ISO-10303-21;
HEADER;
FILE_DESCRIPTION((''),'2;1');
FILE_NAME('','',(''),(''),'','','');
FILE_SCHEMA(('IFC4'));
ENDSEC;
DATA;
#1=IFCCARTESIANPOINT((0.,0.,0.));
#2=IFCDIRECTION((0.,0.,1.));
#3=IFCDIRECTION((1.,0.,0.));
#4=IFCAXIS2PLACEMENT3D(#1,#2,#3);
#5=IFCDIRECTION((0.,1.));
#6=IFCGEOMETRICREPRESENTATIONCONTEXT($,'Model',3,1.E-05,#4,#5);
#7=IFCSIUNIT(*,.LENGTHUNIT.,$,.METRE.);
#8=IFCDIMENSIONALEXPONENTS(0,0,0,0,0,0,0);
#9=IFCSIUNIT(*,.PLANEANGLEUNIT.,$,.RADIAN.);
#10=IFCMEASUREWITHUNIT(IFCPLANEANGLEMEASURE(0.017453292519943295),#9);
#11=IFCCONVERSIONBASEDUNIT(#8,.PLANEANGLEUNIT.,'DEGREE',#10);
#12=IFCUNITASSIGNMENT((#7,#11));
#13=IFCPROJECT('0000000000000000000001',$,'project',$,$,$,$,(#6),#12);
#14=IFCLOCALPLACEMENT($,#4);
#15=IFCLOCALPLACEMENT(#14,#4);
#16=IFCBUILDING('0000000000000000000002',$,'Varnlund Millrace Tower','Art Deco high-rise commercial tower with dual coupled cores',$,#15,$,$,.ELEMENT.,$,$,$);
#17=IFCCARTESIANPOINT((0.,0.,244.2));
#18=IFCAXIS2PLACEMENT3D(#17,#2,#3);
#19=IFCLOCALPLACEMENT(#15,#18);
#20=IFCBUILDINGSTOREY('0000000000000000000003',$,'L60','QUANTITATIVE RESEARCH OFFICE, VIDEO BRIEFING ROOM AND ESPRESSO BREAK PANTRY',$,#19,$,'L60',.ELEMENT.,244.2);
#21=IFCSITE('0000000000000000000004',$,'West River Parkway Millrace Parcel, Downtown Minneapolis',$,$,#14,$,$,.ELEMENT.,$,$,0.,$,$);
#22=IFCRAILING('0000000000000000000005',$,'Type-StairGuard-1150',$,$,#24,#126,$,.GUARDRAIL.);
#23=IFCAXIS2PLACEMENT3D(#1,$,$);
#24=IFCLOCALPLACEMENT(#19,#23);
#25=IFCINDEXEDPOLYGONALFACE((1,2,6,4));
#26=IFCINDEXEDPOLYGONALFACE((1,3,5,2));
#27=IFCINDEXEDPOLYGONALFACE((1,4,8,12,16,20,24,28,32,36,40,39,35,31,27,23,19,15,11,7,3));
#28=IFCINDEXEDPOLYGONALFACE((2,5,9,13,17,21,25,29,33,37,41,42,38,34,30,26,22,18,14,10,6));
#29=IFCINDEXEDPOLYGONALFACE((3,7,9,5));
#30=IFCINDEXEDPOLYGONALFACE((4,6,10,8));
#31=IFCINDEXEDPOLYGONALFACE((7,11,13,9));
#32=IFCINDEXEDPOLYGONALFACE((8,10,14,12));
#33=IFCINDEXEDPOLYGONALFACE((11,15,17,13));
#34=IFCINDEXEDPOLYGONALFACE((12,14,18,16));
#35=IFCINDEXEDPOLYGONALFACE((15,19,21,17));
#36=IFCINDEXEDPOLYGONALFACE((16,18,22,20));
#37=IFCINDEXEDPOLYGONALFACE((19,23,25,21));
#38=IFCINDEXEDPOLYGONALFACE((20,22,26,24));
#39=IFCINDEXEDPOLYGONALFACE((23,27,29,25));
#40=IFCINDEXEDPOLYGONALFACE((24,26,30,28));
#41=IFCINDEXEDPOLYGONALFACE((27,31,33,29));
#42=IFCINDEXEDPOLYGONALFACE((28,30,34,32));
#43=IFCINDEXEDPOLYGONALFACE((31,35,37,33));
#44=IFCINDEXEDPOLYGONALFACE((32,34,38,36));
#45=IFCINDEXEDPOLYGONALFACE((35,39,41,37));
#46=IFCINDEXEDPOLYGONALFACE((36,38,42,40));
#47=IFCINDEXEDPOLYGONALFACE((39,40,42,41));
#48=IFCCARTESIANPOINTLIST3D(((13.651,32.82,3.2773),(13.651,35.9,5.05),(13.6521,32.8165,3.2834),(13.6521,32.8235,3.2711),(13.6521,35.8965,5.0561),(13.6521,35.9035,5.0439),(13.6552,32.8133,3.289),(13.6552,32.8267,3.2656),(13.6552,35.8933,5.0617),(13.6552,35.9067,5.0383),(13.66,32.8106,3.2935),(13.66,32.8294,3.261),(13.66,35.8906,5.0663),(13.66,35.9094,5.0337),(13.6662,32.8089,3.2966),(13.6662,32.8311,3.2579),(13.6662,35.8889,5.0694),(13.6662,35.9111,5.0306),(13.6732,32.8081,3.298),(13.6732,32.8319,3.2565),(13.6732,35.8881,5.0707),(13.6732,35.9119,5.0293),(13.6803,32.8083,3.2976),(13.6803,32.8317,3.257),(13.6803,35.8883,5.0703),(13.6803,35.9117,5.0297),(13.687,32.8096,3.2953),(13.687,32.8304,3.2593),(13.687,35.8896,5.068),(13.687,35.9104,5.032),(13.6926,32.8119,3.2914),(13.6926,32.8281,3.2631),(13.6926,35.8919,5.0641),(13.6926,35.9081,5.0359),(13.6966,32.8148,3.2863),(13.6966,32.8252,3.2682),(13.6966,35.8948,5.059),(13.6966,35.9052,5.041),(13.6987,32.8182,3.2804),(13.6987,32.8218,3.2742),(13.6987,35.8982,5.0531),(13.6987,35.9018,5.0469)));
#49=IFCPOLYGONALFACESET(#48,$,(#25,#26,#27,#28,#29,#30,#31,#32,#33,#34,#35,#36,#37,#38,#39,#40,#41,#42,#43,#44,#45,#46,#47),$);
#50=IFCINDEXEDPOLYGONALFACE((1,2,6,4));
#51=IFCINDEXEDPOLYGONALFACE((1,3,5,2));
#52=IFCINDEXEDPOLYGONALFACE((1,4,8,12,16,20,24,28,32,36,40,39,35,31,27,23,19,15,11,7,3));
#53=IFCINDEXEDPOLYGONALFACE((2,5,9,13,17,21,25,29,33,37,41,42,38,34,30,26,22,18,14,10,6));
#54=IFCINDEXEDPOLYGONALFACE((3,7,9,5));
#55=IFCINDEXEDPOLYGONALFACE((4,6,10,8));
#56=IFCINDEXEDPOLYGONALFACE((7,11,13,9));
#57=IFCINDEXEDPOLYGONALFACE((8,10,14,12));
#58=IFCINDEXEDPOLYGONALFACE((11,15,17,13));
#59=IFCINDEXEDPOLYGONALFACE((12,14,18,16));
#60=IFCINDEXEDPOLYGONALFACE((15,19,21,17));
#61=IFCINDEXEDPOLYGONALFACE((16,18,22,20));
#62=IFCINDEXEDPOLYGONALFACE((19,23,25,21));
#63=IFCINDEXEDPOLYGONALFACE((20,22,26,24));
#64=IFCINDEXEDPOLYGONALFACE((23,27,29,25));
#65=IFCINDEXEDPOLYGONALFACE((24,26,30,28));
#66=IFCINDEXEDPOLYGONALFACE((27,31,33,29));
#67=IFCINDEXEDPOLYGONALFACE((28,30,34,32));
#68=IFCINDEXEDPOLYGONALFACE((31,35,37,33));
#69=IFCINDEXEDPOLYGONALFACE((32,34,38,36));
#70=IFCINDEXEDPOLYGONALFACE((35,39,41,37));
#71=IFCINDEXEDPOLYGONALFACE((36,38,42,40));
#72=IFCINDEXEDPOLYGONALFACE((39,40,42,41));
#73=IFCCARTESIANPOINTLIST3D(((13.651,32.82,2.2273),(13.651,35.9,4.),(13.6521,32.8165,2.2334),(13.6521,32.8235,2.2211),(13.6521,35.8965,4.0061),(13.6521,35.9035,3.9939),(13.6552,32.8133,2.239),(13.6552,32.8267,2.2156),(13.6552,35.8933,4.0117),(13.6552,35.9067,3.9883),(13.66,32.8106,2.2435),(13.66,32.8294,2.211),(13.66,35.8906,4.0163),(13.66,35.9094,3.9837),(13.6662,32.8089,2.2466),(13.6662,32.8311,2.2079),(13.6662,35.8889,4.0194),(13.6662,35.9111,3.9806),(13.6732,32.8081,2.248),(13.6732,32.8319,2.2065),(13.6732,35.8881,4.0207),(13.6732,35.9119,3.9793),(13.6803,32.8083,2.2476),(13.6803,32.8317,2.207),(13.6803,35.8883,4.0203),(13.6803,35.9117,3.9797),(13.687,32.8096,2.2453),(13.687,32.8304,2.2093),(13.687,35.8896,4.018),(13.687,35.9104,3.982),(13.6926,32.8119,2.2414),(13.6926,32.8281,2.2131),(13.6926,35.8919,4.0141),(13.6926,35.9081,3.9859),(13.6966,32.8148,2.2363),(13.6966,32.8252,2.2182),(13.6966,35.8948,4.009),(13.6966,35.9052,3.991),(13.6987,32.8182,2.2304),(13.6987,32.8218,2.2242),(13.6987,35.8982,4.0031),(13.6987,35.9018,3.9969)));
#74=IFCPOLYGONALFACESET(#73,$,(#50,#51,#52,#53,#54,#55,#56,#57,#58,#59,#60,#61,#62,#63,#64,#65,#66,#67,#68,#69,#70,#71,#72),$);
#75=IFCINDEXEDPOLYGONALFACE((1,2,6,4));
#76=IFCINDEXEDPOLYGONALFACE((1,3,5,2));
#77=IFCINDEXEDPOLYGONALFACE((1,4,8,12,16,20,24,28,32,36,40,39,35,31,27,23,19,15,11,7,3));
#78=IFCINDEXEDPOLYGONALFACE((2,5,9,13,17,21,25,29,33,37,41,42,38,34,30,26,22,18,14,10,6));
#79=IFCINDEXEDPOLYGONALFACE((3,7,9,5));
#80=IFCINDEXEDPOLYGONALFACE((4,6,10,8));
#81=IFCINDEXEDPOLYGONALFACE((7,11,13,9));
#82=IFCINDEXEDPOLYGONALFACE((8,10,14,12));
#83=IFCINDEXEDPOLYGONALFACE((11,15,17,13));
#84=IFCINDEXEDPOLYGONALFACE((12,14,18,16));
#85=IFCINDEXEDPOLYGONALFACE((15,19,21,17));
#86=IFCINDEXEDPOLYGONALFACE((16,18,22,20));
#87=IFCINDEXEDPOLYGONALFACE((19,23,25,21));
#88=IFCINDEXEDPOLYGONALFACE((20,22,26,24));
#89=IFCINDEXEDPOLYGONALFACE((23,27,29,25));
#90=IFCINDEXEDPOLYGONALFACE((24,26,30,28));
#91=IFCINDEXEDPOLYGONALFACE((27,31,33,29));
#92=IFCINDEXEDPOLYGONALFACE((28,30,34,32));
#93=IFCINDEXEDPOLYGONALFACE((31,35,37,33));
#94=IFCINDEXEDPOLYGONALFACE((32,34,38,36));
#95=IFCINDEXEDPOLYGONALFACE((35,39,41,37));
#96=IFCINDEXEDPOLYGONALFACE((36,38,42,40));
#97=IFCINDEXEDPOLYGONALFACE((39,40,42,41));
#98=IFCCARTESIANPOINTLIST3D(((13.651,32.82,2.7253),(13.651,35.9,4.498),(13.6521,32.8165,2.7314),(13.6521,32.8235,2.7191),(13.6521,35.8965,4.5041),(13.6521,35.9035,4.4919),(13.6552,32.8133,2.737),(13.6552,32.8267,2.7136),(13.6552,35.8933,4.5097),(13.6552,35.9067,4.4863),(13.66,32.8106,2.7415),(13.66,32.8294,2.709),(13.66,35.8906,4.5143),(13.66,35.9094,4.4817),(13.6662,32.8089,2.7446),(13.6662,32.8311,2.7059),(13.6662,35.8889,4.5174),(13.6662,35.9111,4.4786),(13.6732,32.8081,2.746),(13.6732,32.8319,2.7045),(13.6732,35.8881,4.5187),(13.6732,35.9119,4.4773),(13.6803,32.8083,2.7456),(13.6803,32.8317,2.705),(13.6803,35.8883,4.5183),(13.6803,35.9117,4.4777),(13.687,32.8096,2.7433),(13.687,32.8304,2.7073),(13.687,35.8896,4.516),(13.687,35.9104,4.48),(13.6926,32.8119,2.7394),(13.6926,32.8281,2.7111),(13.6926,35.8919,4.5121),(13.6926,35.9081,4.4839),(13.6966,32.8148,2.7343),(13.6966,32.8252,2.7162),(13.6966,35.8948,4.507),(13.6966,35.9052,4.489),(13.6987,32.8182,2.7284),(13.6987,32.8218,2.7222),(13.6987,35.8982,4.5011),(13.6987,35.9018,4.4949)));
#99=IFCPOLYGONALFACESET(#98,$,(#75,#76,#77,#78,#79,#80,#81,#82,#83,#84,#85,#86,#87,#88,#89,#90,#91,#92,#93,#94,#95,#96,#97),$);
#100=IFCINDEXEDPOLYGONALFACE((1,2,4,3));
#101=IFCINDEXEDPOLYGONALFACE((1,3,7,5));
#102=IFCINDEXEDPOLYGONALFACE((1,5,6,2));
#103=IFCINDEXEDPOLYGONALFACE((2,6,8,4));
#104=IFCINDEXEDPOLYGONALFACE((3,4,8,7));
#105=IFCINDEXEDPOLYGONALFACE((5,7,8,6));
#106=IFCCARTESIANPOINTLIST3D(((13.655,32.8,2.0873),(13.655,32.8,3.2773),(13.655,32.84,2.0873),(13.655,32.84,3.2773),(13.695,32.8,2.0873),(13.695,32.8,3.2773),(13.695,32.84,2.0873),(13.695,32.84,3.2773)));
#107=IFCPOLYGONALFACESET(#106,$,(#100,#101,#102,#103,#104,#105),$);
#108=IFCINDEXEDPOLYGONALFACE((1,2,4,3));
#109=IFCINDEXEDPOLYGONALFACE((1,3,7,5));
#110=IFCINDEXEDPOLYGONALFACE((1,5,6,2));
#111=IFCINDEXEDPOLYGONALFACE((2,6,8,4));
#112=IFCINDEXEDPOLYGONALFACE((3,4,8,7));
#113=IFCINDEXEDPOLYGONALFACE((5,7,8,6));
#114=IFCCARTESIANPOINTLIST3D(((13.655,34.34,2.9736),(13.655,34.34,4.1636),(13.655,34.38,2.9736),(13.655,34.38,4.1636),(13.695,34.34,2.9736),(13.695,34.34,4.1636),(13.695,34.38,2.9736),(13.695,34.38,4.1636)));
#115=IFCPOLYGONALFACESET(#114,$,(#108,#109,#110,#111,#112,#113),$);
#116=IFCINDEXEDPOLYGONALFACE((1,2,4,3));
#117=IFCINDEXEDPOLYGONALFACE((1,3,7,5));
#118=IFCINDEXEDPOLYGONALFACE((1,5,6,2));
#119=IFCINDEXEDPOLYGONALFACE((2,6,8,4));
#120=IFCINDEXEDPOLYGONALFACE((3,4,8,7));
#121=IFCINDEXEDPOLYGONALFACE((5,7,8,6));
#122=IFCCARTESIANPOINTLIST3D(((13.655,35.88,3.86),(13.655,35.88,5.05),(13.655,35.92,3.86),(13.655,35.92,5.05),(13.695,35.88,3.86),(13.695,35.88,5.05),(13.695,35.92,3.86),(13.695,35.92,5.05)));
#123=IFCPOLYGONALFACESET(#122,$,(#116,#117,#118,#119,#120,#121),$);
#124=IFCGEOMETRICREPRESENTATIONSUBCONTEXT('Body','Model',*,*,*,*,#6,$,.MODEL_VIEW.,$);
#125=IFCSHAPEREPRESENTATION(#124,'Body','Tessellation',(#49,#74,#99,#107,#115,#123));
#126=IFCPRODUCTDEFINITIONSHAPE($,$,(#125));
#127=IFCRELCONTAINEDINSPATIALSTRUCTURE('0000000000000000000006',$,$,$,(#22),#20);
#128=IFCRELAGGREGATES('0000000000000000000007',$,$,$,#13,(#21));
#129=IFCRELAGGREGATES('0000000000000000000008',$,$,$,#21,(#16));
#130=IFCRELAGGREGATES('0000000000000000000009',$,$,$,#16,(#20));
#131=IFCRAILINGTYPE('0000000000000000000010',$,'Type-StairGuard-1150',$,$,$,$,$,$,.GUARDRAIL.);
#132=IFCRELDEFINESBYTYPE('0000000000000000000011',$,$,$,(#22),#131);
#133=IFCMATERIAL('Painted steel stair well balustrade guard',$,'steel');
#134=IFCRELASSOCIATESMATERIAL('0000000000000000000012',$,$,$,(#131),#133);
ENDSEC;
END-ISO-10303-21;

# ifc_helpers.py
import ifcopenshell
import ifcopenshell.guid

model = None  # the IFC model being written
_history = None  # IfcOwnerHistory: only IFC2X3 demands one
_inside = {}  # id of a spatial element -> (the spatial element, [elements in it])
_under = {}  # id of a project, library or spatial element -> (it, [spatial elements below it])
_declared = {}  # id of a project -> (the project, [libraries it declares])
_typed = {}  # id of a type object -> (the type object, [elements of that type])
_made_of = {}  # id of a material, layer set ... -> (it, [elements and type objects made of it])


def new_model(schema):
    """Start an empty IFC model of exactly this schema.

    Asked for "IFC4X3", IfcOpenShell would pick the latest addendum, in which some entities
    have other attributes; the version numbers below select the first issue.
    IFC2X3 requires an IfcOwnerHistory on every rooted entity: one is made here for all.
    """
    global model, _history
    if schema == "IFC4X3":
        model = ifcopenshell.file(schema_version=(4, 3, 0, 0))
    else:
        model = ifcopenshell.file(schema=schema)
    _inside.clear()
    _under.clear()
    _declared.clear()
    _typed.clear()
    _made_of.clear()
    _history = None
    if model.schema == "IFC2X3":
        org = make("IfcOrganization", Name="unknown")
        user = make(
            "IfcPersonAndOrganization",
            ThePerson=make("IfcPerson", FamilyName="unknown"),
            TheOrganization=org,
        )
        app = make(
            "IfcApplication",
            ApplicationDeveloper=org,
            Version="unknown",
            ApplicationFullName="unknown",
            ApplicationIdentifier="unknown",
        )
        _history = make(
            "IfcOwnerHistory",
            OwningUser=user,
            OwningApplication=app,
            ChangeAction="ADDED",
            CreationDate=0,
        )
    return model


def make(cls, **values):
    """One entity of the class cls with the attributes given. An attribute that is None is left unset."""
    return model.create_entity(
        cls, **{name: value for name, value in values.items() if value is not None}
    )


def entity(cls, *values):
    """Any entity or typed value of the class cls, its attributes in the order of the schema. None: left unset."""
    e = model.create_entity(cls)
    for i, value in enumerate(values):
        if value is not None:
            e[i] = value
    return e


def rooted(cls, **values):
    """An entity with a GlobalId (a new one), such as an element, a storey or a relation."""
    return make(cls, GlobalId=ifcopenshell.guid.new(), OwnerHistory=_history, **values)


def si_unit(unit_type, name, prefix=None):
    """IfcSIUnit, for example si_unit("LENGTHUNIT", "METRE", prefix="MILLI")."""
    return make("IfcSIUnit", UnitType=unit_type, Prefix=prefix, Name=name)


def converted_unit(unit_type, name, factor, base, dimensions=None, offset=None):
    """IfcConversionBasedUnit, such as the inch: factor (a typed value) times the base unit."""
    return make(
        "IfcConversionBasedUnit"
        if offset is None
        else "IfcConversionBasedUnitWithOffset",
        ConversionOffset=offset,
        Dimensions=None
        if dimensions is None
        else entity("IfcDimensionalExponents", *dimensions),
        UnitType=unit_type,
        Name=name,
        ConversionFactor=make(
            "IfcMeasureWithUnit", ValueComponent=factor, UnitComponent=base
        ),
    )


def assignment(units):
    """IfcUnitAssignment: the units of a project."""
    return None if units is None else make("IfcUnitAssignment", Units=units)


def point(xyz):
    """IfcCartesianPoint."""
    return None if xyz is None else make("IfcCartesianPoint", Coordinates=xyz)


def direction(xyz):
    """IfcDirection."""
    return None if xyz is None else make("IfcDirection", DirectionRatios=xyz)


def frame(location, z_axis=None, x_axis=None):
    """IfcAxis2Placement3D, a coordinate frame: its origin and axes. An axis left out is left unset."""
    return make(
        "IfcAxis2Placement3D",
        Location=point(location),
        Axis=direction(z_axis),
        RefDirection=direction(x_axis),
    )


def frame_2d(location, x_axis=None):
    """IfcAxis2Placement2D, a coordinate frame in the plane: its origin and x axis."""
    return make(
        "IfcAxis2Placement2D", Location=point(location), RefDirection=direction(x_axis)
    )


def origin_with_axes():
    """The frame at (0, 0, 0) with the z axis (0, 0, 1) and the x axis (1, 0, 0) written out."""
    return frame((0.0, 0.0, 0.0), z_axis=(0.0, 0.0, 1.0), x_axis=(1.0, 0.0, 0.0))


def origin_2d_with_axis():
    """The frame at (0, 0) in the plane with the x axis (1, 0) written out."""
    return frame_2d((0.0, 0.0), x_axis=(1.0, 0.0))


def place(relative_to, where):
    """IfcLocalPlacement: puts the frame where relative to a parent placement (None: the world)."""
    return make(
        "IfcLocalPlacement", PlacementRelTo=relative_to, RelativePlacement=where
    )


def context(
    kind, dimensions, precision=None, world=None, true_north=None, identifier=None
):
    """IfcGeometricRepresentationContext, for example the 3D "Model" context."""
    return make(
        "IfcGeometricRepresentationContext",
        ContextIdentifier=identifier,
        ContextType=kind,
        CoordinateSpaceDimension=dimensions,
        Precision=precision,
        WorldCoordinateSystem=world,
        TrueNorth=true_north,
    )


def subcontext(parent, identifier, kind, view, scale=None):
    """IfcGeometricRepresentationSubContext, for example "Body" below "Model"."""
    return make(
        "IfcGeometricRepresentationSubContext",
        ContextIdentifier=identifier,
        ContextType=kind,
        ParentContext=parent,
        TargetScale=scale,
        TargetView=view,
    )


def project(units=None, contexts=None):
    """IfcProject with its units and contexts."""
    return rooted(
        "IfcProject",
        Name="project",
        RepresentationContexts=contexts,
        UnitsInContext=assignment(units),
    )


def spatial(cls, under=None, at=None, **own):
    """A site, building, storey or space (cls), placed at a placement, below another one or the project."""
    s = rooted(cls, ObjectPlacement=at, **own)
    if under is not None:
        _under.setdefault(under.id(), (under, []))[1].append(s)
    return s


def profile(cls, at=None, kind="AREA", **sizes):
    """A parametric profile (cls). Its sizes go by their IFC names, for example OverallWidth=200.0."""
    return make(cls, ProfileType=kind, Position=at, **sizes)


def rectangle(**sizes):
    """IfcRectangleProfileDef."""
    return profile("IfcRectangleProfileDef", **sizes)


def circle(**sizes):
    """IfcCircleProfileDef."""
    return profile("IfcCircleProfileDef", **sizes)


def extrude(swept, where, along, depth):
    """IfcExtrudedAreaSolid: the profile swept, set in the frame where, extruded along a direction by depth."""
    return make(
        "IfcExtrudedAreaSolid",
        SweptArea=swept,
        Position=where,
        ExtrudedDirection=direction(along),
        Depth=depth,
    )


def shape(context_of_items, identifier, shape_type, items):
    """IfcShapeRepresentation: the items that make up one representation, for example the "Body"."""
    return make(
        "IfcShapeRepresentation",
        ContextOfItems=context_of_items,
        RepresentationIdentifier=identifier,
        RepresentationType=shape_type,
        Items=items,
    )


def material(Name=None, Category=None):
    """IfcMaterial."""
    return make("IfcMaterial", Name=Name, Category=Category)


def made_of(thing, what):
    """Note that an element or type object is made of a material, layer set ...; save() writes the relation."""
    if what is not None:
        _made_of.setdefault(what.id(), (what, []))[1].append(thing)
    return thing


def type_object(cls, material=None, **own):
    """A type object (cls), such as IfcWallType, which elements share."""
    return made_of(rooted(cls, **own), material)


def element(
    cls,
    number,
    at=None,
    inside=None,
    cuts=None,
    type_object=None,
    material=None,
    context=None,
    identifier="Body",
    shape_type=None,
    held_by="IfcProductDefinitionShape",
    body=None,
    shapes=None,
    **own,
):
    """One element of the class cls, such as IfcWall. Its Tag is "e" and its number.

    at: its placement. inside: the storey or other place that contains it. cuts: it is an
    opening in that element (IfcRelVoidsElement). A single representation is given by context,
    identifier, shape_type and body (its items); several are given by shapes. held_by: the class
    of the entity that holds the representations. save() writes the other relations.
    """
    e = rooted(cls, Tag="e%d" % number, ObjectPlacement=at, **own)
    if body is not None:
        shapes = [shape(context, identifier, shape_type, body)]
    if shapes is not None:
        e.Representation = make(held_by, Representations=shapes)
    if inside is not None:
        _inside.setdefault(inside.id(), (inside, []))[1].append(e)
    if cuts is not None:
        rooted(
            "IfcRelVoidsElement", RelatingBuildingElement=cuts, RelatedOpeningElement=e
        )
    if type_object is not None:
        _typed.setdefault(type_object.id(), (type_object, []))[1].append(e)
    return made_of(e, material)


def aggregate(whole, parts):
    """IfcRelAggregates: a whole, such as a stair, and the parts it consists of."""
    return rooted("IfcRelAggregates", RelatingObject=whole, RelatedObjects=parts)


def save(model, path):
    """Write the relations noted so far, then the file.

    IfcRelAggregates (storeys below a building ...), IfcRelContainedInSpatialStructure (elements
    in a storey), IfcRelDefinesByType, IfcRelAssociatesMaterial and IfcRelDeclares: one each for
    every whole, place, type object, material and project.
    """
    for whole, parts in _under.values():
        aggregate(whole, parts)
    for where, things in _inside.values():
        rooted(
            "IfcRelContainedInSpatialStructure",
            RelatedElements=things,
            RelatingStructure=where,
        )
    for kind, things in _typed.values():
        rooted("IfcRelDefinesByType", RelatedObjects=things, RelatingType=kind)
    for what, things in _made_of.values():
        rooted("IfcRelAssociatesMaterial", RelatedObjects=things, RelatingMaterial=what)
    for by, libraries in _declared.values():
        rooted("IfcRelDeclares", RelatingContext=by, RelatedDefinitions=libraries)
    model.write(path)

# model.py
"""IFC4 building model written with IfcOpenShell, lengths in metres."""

from ifc_helpers import new_model, entity, si_unit, converted_unit, direction, frame, origin_with_axes, origin_2d_with_axis, place, context, subcontext, project, spatial, rectangle, circle, extrude, material, type_object, element, save


model = new_model("IFC4")

# Units and contexts
model_context = context("Model", 3, precision=1e-05, world=origin_with_axes(), true_north=direction((0.0, 1.0)))
body_context = subcontext(model_context, "Body", "Model", "MODEL_VIEW")
ifc_project = project(units=[si_unit("LENGTHUNIT", "METRE"), converted_unit("PLANEANGLEUNIT", "DEGREE", entity("IfcPlaneAngleMeasure", 0.017453292519943295), si_unit("PLANEANGLEUNIT", "RADIAN"), dimensions=[0, 0, 0, 0, 0, 0, 0])], contexts=[model_context])

# Site, building, storey
site_placement = place(None, origin_with_axes())
site = spatial("IfcSite", under=ifc_project, at=site_placement, Name="West River Parkway Millrace Parcel, Downtown Minneapolis", CompositionType="ELEMENT", RefElevation=0.0)
building_placement = place(site_placement, origin_with_axes())
building = spatial("IfcBuilding", under=site, at=building_placement, Name="Varnlund Millrace Tower", Description="Art Deco high-rise commercial tower with dual coupled cores", CompositionType="ELEMENT")
storey_placement = place(building_placement, frame((0.0, 0.0, 244.2), z_axis=(0.0, 0.0, 1.0), x_axis=(1.0, 0.0, 0.0)))
storey = spatial("IfcBuildingStorey", under=building, at=storey_placement, Name="L60", Description="QUANTITATIVE RESEARCH OFFICE, VIDEO BRIEFING ROOM AND ESPRESSO BREAK PANTRY", LongName="L60", CompositionType="ELEMENT", Elevation=244.2)

# Railing
ifc_material_1 = material(Name="Painted steel stair well balustrade guard", Category="steel")
railing_type_1 = type_object("IfcRailingType", Name="Type-StairGuard-1150", PredefinedType="GUARDRAIL", material=ifc_material_1)
railing_1_placement = place(storey_placement, frame((0.0, 0.0, -244.2), z_axis=(0.0, 0.0, 1.0), x_axis=(1.0, 0.0, 0.0)))
element("IfcRailing", 1, at=railing_1_placement, inside=storey, type_object=railing_type_1, Name="Type-StairGuard-1150", PredefinedType="GUARDRAIL", context=body_context, shape_type="SweptSolid", body=[
    extrude(circle(Radius=0.024, at=origin_2d_with_axis()), frame((13.675, 32.82, 247.4773), z_axis=(0.0, 0.866696, 0.498836), x_axis=(-1.0, 0.0, 0.0)), (0.0, 0.0, 1.0), 3.5537),
    extrude(circle(Radius=0.024, at=origin_2d_with_axis()), frame((13.675, 32.82, 246.4273), z_axis=(0.0, 0.866696, 0.498836), x_axis=(-1.0, 0.0, 0.0)), (0.0, 0.0, 1.0), 3.5537),
    extrude(circle(Radius=0.024, at=origin_2d_with_axis()), frame((13.675, 32.82, 246.9253), z_axis=(0.0, 0.866696, 0.498836), x_axis=(-1.0, 0.0, 0.0)), (0.0, 0.0, 1.0), 3.5537),
    extrude(rectangle(XDim=0.04, YDim=0.04, at=origin_2d_with_axis()), frame((13.675, 32.82, 246.2873), z_axis=(0.0, 0.0, 1.0), x_axis=(1.0, 0.0, 0.0)), (0.0, 0.0, 1.0), 1.19),
    extrude(rectangle(XDim=0.04, YDim=0.04, at=origin_2d_with_axis()), frame((13.675, 34.36, 247.1736), z_axis=(0.0, 0.0, 1.0), x_axis=(1.0, 0.0, 0.0)), (0.0, 0.0, 1.0), 1.19),
    extrude(rectangle(XDim=0.04, YDim=0.04, at=origin_2d_with_axis()), frame((13.675, 35.9, 248.06), z_axis=(0.0, 0.0, 1.0), x_axis=(1.0, 0.0, 0.0)), (0.0, 0.0, 1.0), 1.19),
])

save(model, "model.ifc")
